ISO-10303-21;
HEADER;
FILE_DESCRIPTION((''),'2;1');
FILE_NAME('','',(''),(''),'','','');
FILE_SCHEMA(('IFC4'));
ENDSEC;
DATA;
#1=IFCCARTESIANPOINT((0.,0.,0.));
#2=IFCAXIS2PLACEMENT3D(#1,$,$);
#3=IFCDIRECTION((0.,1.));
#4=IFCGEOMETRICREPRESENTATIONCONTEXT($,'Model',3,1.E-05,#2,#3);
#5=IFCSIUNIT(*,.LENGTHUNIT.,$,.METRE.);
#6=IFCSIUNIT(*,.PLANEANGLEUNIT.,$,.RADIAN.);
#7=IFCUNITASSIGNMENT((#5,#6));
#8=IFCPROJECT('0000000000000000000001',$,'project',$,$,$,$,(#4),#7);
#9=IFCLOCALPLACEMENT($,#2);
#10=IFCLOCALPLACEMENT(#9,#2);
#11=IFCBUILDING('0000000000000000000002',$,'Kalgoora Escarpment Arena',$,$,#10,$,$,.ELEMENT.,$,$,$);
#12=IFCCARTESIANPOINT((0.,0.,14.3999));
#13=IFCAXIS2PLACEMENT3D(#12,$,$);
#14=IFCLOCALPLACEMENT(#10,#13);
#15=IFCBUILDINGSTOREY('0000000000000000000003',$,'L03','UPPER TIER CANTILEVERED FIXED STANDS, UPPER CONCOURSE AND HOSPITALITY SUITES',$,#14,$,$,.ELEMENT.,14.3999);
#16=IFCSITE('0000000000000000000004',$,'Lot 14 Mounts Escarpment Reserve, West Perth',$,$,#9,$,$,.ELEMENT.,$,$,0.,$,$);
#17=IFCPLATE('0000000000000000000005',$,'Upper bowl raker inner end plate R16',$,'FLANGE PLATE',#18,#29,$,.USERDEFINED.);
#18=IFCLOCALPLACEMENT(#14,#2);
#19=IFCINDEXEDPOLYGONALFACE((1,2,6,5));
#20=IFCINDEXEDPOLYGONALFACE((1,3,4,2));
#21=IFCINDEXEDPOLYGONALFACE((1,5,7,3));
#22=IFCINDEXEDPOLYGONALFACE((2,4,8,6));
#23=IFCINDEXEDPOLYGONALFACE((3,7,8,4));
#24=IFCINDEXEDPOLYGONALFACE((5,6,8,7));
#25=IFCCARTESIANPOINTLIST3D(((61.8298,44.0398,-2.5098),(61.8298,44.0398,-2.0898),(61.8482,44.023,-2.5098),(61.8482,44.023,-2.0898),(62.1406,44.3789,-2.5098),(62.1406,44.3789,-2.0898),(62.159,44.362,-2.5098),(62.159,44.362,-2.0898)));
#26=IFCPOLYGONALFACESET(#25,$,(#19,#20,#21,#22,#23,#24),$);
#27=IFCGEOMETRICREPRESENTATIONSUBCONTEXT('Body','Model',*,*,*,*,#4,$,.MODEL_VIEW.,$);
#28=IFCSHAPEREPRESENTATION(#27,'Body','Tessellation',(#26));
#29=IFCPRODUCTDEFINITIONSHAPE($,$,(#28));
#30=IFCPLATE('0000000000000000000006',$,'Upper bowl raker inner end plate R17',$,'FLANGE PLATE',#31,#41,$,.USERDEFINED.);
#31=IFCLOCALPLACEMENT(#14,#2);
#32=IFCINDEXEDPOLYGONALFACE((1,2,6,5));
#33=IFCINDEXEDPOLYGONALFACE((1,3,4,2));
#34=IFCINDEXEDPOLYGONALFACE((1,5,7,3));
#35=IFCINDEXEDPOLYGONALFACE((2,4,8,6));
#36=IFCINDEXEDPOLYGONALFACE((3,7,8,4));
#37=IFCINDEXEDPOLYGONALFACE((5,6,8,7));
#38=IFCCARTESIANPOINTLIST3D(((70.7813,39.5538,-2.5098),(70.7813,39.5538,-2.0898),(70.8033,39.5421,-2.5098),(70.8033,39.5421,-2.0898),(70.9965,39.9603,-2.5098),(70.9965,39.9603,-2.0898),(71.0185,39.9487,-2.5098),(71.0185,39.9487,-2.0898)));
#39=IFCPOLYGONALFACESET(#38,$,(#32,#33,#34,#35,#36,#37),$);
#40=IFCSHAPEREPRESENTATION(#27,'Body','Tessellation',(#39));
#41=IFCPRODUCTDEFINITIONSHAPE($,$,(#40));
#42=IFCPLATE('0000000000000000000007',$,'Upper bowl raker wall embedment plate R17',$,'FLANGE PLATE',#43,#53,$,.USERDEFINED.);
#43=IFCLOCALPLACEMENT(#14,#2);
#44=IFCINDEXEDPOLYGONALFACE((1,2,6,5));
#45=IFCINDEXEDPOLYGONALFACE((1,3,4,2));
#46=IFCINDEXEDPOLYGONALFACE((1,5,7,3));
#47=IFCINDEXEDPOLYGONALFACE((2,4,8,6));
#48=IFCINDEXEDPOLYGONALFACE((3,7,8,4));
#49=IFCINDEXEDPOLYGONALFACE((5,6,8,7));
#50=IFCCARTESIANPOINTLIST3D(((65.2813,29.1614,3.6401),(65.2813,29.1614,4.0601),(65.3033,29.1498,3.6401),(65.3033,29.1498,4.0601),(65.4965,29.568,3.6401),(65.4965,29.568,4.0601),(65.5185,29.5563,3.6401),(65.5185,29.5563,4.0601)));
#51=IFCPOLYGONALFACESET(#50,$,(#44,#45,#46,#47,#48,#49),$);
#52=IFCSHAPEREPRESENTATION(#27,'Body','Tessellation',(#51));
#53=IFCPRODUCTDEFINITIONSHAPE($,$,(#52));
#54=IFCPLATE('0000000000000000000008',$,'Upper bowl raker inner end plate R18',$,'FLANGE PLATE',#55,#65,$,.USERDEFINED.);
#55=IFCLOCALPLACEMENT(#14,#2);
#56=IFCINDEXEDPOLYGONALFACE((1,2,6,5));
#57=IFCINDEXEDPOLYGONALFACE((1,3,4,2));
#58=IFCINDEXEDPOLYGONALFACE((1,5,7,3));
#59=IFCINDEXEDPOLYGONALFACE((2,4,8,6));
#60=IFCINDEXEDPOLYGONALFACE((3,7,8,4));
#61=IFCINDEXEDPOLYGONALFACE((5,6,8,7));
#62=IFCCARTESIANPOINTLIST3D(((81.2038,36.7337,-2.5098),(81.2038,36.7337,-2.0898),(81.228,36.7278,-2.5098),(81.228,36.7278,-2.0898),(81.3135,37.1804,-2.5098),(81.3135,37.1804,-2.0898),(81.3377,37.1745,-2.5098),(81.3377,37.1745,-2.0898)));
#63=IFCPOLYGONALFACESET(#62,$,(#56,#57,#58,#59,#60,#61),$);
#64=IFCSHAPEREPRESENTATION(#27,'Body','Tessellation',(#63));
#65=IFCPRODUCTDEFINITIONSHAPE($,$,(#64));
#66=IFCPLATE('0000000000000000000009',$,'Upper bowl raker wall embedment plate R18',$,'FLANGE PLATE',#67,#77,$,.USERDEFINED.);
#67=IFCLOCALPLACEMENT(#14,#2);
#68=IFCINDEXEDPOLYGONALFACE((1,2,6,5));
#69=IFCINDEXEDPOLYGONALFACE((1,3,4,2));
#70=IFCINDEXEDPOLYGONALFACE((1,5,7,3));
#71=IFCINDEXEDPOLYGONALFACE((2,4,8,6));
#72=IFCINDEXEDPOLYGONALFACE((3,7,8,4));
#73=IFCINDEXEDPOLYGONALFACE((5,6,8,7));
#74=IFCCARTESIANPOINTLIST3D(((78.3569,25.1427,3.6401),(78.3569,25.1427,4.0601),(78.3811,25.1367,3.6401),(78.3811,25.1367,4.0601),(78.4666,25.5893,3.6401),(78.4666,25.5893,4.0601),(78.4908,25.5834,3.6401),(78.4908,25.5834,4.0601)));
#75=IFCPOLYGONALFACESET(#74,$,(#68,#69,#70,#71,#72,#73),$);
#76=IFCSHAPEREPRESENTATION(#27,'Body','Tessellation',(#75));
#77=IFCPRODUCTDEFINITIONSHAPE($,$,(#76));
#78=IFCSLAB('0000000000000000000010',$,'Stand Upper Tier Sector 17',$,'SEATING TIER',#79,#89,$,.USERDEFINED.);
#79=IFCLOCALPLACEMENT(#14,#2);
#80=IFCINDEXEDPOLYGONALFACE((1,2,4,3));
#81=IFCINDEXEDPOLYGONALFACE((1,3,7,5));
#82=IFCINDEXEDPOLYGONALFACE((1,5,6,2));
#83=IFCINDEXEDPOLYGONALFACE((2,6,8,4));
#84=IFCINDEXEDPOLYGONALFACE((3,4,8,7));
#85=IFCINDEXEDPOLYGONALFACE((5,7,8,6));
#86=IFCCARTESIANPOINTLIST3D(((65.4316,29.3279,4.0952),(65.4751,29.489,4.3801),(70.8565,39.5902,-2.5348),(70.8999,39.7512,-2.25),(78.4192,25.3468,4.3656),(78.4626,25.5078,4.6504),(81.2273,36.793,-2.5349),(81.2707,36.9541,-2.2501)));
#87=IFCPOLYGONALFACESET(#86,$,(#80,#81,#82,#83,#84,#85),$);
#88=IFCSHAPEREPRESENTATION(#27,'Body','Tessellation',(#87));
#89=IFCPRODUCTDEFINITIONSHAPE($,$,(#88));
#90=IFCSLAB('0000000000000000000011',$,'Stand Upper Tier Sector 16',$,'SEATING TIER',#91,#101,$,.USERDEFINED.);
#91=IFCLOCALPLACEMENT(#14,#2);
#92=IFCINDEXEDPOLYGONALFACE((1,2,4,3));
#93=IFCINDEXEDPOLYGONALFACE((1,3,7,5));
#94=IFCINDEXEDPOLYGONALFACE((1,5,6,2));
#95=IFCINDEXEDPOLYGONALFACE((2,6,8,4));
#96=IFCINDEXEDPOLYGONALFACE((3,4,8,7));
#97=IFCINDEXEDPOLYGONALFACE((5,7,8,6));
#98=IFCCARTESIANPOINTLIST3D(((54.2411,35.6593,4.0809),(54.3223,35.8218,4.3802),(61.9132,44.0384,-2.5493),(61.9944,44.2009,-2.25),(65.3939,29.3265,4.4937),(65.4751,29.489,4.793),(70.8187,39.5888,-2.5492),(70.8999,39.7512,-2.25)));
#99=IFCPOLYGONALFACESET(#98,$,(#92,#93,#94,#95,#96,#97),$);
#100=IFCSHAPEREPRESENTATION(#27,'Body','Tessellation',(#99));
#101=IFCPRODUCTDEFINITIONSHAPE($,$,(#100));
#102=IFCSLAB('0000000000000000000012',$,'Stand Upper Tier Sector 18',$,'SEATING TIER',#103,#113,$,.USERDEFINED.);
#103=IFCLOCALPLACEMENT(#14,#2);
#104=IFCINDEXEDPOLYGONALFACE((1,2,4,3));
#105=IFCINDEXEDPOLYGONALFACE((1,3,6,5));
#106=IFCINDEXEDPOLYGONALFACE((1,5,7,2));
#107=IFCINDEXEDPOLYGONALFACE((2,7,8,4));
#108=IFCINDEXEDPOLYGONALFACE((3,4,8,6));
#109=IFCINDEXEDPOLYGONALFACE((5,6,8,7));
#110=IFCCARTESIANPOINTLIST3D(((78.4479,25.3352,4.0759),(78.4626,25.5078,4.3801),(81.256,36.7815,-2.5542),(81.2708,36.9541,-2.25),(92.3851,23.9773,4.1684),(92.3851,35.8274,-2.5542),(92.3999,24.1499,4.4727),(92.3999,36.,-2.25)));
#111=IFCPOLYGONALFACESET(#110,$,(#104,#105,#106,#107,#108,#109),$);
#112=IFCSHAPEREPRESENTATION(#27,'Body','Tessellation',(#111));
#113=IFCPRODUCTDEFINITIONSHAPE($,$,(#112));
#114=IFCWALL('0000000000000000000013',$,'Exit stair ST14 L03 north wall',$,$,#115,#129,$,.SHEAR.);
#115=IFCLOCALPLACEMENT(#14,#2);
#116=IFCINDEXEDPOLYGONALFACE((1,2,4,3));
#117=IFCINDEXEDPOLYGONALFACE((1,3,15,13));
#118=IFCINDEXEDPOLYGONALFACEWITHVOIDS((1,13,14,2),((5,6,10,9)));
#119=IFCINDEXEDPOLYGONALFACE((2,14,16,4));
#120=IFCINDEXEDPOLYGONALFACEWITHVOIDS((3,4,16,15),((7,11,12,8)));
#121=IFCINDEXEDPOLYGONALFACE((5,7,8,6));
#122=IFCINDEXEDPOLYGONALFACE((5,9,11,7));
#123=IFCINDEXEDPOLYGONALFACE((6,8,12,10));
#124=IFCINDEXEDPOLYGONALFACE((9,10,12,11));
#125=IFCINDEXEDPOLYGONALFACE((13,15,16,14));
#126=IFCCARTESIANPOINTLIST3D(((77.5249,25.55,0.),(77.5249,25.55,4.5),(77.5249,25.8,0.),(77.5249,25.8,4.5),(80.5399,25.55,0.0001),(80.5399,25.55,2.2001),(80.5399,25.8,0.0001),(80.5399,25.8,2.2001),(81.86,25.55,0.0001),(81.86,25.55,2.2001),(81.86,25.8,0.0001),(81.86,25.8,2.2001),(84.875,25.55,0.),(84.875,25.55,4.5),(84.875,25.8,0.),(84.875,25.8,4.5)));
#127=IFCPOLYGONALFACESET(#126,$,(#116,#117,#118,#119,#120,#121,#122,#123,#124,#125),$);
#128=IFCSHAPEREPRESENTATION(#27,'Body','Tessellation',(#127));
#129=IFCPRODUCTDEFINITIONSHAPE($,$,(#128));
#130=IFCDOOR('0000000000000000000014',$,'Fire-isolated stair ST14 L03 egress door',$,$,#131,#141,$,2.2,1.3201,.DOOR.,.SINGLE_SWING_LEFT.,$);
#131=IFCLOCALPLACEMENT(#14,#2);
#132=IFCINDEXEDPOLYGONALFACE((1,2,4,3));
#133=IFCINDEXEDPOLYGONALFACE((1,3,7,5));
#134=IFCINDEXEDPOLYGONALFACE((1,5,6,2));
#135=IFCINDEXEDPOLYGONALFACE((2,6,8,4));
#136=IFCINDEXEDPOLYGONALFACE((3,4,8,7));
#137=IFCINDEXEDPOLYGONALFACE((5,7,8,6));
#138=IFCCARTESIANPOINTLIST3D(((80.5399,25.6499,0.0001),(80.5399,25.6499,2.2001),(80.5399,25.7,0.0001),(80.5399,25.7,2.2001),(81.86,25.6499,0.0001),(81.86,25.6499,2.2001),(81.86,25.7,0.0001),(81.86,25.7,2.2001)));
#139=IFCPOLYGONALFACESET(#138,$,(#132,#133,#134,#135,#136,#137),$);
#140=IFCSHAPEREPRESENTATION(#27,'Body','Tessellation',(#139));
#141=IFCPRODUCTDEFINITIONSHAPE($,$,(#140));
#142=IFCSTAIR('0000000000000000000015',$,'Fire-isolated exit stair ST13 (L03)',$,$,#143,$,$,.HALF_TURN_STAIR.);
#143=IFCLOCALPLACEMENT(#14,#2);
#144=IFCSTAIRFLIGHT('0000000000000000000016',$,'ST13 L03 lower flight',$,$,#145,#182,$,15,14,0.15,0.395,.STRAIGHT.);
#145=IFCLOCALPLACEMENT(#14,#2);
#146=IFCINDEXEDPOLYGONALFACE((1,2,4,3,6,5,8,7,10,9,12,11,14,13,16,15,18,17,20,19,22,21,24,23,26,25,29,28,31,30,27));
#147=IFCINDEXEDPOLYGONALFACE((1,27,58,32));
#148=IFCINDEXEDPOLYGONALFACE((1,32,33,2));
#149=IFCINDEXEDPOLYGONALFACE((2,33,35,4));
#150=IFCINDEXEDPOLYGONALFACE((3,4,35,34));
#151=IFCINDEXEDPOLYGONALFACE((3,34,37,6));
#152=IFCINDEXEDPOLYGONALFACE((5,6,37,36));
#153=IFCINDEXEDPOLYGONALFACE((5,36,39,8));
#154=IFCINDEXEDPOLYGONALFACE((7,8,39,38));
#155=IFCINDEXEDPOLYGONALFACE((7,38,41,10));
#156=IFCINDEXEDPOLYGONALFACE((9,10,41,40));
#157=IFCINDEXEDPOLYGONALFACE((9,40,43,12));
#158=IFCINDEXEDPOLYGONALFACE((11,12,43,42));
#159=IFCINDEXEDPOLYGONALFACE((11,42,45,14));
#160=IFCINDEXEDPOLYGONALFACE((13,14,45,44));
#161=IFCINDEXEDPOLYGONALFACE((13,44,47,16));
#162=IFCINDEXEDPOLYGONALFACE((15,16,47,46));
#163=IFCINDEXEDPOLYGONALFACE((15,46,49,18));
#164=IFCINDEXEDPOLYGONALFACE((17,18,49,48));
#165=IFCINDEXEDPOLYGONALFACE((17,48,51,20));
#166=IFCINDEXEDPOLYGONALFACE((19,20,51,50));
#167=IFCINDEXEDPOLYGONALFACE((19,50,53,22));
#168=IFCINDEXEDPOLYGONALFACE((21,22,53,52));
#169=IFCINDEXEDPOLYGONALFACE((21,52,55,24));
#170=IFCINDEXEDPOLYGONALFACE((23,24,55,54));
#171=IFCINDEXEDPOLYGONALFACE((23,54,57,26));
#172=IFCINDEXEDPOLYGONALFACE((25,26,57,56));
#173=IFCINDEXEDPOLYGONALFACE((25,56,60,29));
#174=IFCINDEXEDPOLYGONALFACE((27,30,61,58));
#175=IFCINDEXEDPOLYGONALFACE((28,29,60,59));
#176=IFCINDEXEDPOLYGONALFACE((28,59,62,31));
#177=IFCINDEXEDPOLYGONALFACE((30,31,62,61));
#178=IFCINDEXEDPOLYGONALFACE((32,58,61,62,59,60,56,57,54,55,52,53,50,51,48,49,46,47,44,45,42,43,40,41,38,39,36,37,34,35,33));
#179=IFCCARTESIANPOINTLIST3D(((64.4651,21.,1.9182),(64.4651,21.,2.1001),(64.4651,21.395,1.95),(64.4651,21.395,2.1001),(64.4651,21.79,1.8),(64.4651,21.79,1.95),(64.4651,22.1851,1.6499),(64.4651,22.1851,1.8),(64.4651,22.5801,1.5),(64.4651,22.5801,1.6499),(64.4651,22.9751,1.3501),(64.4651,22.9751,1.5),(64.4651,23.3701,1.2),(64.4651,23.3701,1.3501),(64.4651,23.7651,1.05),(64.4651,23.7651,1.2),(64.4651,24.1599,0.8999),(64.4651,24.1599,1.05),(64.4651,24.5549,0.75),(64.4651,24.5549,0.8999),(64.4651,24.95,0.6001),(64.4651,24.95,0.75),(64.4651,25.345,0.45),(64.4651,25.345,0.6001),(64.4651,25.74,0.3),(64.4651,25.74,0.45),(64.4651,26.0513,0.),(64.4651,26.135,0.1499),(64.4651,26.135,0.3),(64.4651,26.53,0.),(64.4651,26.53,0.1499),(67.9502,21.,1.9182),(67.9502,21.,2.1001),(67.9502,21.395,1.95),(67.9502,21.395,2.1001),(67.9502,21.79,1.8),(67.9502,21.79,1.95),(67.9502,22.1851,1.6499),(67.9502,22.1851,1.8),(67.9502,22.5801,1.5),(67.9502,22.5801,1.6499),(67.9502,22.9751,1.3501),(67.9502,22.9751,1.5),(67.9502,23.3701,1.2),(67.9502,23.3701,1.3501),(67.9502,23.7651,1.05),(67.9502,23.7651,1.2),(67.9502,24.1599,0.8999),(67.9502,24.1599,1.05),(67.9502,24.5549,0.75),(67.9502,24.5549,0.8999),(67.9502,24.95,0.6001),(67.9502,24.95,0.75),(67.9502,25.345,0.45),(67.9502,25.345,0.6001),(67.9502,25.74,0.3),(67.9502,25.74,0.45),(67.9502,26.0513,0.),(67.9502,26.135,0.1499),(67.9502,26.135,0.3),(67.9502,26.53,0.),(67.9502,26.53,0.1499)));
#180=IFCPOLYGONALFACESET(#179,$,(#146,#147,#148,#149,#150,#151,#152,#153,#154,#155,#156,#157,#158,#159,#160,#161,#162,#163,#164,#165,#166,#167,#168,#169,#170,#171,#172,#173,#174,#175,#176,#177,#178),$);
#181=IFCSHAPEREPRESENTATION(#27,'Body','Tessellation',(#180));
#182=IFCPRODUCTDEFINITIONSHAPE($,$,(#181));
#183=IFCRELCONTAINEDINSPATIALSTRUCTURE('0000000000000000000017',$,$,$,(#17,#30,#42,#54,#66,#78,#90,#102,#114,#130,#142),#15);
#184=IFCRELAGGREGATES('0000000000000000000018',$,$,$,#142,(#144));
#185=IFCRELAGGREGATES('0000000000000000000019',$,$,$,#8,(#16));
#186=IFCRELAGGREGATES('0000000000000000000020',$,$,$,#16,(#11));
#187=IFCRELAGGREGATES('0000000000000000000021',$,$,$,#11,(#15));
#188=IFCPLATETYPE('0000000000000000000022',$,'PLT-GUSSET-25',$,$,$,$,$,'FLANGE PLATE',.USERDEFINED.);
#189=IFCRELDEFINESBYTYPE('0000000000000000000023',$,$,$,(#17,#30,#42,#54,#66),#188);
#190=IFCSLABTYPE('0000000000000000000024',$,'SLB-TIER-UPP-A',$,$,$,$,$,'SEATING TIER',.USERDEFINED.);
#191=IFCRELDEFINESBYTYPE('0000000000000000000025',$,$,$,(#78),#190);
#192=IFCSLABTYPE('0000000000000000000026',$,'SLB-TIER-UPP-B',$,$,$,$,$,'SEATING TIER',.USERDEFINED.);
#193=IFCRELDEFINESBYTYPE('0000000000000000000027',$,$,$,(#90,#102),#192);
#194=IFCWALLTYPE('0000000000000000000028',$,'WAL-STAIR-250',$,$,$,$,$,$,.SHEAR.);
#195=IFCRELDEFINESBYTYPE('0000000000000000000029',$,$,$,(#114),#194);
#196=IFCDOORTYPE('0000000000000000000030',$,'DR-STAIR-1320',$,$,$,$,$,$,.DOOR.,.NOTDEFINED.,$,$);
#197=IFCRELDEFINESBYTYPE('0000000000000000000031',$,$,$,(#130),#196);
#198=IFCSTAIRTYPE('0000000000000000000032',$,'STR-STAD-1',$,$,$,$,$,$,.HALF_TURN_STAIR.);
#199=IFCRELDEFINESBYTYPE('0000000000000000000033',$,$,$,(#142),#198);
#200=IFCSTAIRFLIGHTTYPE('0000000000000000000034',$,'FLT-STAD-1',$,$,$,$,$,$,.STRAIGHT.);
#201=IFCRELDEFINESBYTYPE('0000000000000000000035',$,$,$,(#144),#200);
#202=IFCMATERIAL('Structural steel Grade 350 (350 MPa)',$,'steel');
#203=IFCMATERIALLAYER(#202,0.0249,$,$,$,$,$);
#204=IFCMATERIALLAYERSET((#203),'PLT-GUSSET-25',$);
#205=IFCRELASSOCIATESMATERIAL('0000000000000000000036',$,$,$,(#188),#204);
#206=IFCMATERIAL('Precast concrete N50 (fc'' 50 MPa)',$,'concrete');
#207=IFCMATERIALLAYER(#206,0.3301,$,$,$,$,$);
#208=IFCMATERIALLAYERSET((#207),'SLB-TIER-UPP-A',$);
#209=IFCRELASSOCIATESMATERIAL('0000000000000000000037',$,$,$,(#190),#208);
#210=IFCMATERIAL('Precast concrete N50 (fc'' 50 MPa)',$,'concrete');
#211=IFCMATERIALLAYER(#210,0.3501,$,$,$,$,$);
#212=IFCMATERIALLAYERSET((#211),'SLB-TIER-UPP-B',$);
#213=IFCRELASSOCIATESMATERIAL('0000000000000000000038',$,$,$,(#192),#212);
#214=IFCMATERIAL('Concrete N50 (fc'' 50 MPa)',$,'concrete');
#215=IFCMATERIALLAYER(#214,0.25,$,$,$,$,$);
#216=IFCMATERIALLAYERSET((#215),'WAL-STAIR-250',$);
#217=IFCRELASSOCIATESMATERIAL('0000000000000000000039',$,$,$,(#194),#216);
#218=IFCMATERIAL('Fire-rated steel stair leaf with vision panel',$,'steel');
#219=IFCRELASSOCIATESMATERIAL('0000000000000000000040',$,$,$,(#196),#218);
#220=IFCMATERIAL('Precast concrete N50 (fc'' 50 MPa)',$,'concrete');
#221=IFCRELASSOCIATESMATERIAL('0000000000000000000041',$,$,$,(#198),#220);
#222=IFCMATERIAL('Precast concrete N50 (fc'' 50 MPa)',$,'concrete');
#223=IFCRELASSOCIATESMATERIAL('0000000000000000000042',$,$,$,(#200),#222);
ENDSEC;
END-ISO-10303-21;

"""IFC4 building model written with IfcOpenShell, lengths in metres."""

from ifc_helpers import new_model, si_unit, direction, frame, frame_2d, origin, origin_2d, place, context, subcontext, project, spatial, polyline, rectangle, outline, extrude, material, layer, layer_set, type_object, element, fill, aggregate, save


model = new_model("IFC4")

# Units and contexts
model_context = context("Model", 3, precision=1e-05, world=origin(), true_north=direction((0.0, 1.0)))
body_context = subcontext(model_context, "Body", "Model", "MODEL_VIEW")
ifc_project = project(units=[si_unit("LENGTHUNIT", "METRE"), si_unit("PLANEANGLEUNIT", "RADIAN")], contexts=[model_context])

# Site, building, storey
site_placement = place(None, origin())
site = spatial("IfcSite", under=ifc_project, at=site_placement, Name="Lot 14 Mounts Escarpment Reserve, West Perth", CompositionType="ELEMENT", RefElevation=0.0)
building_placement = place(site_placement, origin())
building = spatial("IfcBuilding", under=site, at=building_placement, Name="Kalgoora Escarpment Arena", CompositionType="ELEMENT")
storey_placement = place(building_placement, frame((0.0, 0.0, 14.3999)))
storey = spatial("IfcBuildingStorey", under=building, at=storey_placement, Name="L03", Description="UPPER TIER CANTILEVERED FIXED STANDS, UPPER CONCOURSE AND HOSPITALITY SUITES", CompositionType="ELEMENT", Elevation=14.3999)

# Plates
ifc_material_1 = material(Name="Structural steel Grade 350 (350 MPa)", Category="steel")
ifc_layer_1 = layer(ifc_material_1, 0.0249)
ifc_layer_set_1 = layer_set([ifc_layer_1], Name="PLT-GUSSET-25")
plate_type = type_object("IfcPlateType", Name="PLT-GUSSET-25", ElementType="FLANGE PLATE", PredefinedType="USERDEFINED", material=ifc_layer_set_1)
for number, where, z_axis, x_axis, name in (
    (1, (61.9944, 44.2009, -2.5098), (0.0, 0.0, 1.0), (-0.675719, -0.737159, 0.0), "Upper bowl raker inner end plate R16"),
    (2, (70.8999, 39.7512, -2.5098), (0.0, 0.0, 1.0), (-0.467776, -0.883847, 0.0), "Upper bowl raker inner end plate R17"),
    (3, (65.3999, 29.3589, 3.6401), (0.0, 0.0, 1.0), (-0.467776, -0.883847, 0.0), "Upper bowl raker wall embedment plate R17"),
    (4, (81.2708, 36.9541, -2.5098), (0.0, 0.0, 1.0), (-0.238533, -0.971134, 0.0), "Upper bowl raker inner end plate R18"),
    (5, (78.4238, 25.363, 3.6401), (0.0, 0.0, 1.0), (-0.238533, -0.971134, 0.0), "Upper bowl raker wall embedment plate R18"),
):
    element("IfcPlate", number, at=place(storey_placement, frame(where, z_axis=z_axis, x_axis=x_axis)), inside=storey, type_object=plate_type, Name=name, ObjectType="FLANGE PLATE", PredefinedType="USERDEFINED", context=body_context, shape_type="SweptSolid", body=[
        extrude(rectangle(XDim=0.46, YDim=0.0249, at=origin_2d()), origin(), (0.0, 0.0, 1.0), 0.4199),
    ])

# Slabs
ifc_material_2 = material(Name="Precast concrete N50 (fc' 50 MPa)", Category="concrete")
ifc_layer_2 = layer(ifc_material_2, 0.3301)
ifc_layer_set_2 = layer_set([ifc_layer_2], Name="SLB-TIER-UPP-A")
slab_type_1 = type_object("IfcSlabType", Name="SLB-TIER-UPP-A", ElementType="SEATING TIER", PredefinedType="USERDEFINED", material=ifc_layer_set_2)
slab_1_placement = place(storey_placement, frame((70.8999, 39.7512, -2.25), z_axis=(0.131605, 0.487924, 0.862908), x_axis=(0.965499, -0.260408, -0.000006)))
element("IfcSlab", 6, at=slab_1_placement, inside=storey, type_object=slab_type_1, Name="Stand Upper Tier Sector 17", ObjectType="SEATING TIER", PredefinedType="USERDEFINED", context=body_context, shape_type="SweptSolid", body=[
    extrude(outline(polyline([(0.0, 0.0), (10.7414, 0.0), (11.0109, -13.6545), (-2.5653, -13.1194), (0.0, 0.0)])), origin(), (0.0, 0.0, -1.0), 0.3301),
])
ifc_material_3 = material(Name="Precast concrete N50 (fc' 50 MPa)", Category="concrete")
ifc_layer_3 = layer(ifc_material_3, 0.3501)
ifc_layer_set_3 = layer_set([ifc_layer_3], Name="SLB-TIER-UPP-B")
slab_type_2 = type_object("IfcSlabType", Name="SLB-TIER-UPP-B", ElementType="SEATING TIER", PredefinedType="USERDEFINED", material=ifc_layer_set_3)
slab_2_placement = place(storey_placement, frame((61.9944, 44.2009, -2.25), z_axis=(0.231893, 0.464117, 0.854881), x_axis=(0.894551, -0.446966, 0.000005)))
element("IfcSlab", 7, at=slab_2_placement, inside=storey, type_object=slab_type_2, Name="Stand Upper Tier Sector 16", ObjectType="SEATING TIER", PredefinedType="USERDEFINED", context=body_context, shape_type="SweptSolid", body=[
    extrude(outline(polyline([(0.0, 0.0), (9.9553, 0.0), (9.6894, -13.5748), (-3.1179, -12.7792), (0.0, 0.0)])), origin(), (0.0, 0.0, -1.0), 0.3501),
])
slab_3_placement = place(storey_placement, frame((81.2708, 36.9541, -2.25), z_axis=(0.042264, 0.492993, 0.869006), x_axis=(0.996345, -0.085416, 0.000001)))
element("IfcSlab", 8, at=slab_3_placement, inside=storey, type_object=slab_type_2, Name="Stand Upper Tier Sector 18", ObjectType="SEATING TIER", PredefinedType="USERDEFINED", context=body_context, shape_type="SweptSolid", body=[
    extrude(outline(polyline([(0.0, 0.0), (11.17, 0.0), (12.1822, -13.5866), (-1.8201, -13.3996), (0.0, 0.0)])), origin(), (0.0, 0.0, -1.0), 0.3501),
])

# Wall, opening, door
ifc_material_4 = material(Name="Concrete N50 (fc' 50 MPa)", Category="concrete")
ifc_layer_4 = layer(ifc_material_4, 0.25)
ifc_layer_set_4 = layer_set([ifc_layer_4], Name="WAL-STAIR-250")
wall_type = type_object("IfcWallType", Name="WAL-STAIR-250", PredefinedType="SHEAR", material=ifc_layer_set_4)
wall_placement = place(storey_placement, frame((77.5249, 25.675, 0.0), z_axis=(0.0, 0.0, 1.0), x_axis=(1.0, 0.0, 0.0)))
wall = element("IfcWall", 9, at=wall_placement, inside=storey, type_object=wall_type, Name="Exit stair ST14 L03 north wall", PredefinedType="SHEAR", context=body_context, shape_type="SweptSolid", body=[
    extrude(rectangle(XDim=7.3501, YDim=0.25, at=frame_2d((3.675, 0.0))), origin(), (0.0, 0.0, 1.0), 4.5),
])
opening_placement = place(wall_placement, frame((3.0149, 0.0, 0.0)))
opening = element("IfcOpeningElement", 10, at=opening_placement, cuts=wall, PredefinedType="OPENING", context=body_context, shape_type="SweptSolid", body=[
    extrude(rectangle(XDim=1.3201, YDim=2.2, at=frame_2d((0.6602, 1.1001))), frame((0.0, 0.135, 0.0), z_axis=(0.0, -1.0, 0.0), x_axis=(1.0, 0.0, 0.0)), (0.0, 0.0, 1.0), 0.27),
])
ifc_material_5 = material(Name="Fire-rated steel stair leaf with vision panel", Category="steel")
door_type = type_object("IfcDoorType", Name="DR-STAIR-1320", OperationType="NOTDEFINED", PredefinedType="DOOR", material=ifc_material_5)
door_placement = place(opening_placement, origin())
door = element("IfcDoor", 11, at=door_placement, inside=storey, type_object=door_type, Name="Fire-isolated stair ST14 L03 egress door", OperationType="SINGLE_SWING_LEFT", OverallHeight=2.2, OverallWidth=1.3201, PredefinedType="DOOR", context=body_context, shape_type="SweptSolid", body=[
    extrude(rectangle(XDim=1.3201, YDim=2.2, at=frame_2d((0.6602, 1.1001))), frame((0.0, 0.0249, 0.0), z_axis=(0.0, -1.0, 0.0), x_axis=(1.0, 0.0, 0.0)), (0.0, 0.0, 1.0), 0.05),
])
fill(opening, door)

# Stair, stair flight
ifc_material_6 = material(Name="Precast concrete N50 (fc' 50 MPa)", Category="concrete")
stair_type = type_object("IfcStairType", Name="STR-STAD-1", PredefinedType="HALF_TURN_STAIR", material=ifc_material_6)
stair_placement = place(storey_placement, origin())
stair = element("IfcStair", 12, at=stair_placement, inside=storey, type_object=stair_type, Name="Fire-isolated exit stair ST13 (L03)", PredefinedType="HALF_TURN_STAIR")
ifc_material_7 = material(Name="Precast concrete N50 (fc' 50 MPa)", Category="concrete")
stair_flight_type = type_object("IfcStairFlightType", Name="FLT-STAD-1", PredefinedType="STRAIGHT", material=ifc_material_7)
stair_flight_placement = place(storey_placement, frame((66.2075, 26.53, 0.0), z_axis=(0.0, 0.0, 1.0), x_axis=(0.0, -1.0, 0.0)))
stair_flight = element("IfcStairFlight", 13, at=stair_flight_placement, type_object=stair_flight_type, Name="ST13 L03 lower flight", NumberOfRisers=15, NumberOfTreads=14, PredefinedType="STRAIGHT", RiserHeight=0.15, TreadLength=0.395, context=body_context, shape_type="SweptSolid", body=[
    extrude(outline(polyline([(0.0, 0.0), (0.0, 0.1499), (0.395, 0.1499), (0.395, 0.3), (0.79, 0.3), (0.79, 0.45), (1.1851, 0.45), (1.1851, 0.6001), (1.5801, 0.6001), (1.5801, 0.75), (1.9751, 0.75), (1.9751, 0.8999), (2.3701, 0.8999), (2.3701, 1.05), (2.7649, 1.05), (2.7649, 1.2), (3.1599, 1.2), (3.1599, 1.3501), (3.5549, 1.3501), (3.5549, 1.5), (3.95, 1.5), (3.95, 1.6499), (4.345, 1.6499), (4.345, 1.8), (4.74, 1.8), (4.74, 1.95), (5.135, 1.95), (5.135, 2.1001), (5.53, 2.1001), (5.53, 2.25), (5.53, 1.9182), (0.4788, 0.0), (0.0, 0.0)])), frame((0.0, 1.7427, 0.0), z_axis=(0.0, -1.0, 0.0), x_axis=(1.0, 0.0, 0.0)), (0.0, 0.0, 1.0), 3.4851),
])
aggregate(stair, [stair_flight])

save(model, "model.ifc")
